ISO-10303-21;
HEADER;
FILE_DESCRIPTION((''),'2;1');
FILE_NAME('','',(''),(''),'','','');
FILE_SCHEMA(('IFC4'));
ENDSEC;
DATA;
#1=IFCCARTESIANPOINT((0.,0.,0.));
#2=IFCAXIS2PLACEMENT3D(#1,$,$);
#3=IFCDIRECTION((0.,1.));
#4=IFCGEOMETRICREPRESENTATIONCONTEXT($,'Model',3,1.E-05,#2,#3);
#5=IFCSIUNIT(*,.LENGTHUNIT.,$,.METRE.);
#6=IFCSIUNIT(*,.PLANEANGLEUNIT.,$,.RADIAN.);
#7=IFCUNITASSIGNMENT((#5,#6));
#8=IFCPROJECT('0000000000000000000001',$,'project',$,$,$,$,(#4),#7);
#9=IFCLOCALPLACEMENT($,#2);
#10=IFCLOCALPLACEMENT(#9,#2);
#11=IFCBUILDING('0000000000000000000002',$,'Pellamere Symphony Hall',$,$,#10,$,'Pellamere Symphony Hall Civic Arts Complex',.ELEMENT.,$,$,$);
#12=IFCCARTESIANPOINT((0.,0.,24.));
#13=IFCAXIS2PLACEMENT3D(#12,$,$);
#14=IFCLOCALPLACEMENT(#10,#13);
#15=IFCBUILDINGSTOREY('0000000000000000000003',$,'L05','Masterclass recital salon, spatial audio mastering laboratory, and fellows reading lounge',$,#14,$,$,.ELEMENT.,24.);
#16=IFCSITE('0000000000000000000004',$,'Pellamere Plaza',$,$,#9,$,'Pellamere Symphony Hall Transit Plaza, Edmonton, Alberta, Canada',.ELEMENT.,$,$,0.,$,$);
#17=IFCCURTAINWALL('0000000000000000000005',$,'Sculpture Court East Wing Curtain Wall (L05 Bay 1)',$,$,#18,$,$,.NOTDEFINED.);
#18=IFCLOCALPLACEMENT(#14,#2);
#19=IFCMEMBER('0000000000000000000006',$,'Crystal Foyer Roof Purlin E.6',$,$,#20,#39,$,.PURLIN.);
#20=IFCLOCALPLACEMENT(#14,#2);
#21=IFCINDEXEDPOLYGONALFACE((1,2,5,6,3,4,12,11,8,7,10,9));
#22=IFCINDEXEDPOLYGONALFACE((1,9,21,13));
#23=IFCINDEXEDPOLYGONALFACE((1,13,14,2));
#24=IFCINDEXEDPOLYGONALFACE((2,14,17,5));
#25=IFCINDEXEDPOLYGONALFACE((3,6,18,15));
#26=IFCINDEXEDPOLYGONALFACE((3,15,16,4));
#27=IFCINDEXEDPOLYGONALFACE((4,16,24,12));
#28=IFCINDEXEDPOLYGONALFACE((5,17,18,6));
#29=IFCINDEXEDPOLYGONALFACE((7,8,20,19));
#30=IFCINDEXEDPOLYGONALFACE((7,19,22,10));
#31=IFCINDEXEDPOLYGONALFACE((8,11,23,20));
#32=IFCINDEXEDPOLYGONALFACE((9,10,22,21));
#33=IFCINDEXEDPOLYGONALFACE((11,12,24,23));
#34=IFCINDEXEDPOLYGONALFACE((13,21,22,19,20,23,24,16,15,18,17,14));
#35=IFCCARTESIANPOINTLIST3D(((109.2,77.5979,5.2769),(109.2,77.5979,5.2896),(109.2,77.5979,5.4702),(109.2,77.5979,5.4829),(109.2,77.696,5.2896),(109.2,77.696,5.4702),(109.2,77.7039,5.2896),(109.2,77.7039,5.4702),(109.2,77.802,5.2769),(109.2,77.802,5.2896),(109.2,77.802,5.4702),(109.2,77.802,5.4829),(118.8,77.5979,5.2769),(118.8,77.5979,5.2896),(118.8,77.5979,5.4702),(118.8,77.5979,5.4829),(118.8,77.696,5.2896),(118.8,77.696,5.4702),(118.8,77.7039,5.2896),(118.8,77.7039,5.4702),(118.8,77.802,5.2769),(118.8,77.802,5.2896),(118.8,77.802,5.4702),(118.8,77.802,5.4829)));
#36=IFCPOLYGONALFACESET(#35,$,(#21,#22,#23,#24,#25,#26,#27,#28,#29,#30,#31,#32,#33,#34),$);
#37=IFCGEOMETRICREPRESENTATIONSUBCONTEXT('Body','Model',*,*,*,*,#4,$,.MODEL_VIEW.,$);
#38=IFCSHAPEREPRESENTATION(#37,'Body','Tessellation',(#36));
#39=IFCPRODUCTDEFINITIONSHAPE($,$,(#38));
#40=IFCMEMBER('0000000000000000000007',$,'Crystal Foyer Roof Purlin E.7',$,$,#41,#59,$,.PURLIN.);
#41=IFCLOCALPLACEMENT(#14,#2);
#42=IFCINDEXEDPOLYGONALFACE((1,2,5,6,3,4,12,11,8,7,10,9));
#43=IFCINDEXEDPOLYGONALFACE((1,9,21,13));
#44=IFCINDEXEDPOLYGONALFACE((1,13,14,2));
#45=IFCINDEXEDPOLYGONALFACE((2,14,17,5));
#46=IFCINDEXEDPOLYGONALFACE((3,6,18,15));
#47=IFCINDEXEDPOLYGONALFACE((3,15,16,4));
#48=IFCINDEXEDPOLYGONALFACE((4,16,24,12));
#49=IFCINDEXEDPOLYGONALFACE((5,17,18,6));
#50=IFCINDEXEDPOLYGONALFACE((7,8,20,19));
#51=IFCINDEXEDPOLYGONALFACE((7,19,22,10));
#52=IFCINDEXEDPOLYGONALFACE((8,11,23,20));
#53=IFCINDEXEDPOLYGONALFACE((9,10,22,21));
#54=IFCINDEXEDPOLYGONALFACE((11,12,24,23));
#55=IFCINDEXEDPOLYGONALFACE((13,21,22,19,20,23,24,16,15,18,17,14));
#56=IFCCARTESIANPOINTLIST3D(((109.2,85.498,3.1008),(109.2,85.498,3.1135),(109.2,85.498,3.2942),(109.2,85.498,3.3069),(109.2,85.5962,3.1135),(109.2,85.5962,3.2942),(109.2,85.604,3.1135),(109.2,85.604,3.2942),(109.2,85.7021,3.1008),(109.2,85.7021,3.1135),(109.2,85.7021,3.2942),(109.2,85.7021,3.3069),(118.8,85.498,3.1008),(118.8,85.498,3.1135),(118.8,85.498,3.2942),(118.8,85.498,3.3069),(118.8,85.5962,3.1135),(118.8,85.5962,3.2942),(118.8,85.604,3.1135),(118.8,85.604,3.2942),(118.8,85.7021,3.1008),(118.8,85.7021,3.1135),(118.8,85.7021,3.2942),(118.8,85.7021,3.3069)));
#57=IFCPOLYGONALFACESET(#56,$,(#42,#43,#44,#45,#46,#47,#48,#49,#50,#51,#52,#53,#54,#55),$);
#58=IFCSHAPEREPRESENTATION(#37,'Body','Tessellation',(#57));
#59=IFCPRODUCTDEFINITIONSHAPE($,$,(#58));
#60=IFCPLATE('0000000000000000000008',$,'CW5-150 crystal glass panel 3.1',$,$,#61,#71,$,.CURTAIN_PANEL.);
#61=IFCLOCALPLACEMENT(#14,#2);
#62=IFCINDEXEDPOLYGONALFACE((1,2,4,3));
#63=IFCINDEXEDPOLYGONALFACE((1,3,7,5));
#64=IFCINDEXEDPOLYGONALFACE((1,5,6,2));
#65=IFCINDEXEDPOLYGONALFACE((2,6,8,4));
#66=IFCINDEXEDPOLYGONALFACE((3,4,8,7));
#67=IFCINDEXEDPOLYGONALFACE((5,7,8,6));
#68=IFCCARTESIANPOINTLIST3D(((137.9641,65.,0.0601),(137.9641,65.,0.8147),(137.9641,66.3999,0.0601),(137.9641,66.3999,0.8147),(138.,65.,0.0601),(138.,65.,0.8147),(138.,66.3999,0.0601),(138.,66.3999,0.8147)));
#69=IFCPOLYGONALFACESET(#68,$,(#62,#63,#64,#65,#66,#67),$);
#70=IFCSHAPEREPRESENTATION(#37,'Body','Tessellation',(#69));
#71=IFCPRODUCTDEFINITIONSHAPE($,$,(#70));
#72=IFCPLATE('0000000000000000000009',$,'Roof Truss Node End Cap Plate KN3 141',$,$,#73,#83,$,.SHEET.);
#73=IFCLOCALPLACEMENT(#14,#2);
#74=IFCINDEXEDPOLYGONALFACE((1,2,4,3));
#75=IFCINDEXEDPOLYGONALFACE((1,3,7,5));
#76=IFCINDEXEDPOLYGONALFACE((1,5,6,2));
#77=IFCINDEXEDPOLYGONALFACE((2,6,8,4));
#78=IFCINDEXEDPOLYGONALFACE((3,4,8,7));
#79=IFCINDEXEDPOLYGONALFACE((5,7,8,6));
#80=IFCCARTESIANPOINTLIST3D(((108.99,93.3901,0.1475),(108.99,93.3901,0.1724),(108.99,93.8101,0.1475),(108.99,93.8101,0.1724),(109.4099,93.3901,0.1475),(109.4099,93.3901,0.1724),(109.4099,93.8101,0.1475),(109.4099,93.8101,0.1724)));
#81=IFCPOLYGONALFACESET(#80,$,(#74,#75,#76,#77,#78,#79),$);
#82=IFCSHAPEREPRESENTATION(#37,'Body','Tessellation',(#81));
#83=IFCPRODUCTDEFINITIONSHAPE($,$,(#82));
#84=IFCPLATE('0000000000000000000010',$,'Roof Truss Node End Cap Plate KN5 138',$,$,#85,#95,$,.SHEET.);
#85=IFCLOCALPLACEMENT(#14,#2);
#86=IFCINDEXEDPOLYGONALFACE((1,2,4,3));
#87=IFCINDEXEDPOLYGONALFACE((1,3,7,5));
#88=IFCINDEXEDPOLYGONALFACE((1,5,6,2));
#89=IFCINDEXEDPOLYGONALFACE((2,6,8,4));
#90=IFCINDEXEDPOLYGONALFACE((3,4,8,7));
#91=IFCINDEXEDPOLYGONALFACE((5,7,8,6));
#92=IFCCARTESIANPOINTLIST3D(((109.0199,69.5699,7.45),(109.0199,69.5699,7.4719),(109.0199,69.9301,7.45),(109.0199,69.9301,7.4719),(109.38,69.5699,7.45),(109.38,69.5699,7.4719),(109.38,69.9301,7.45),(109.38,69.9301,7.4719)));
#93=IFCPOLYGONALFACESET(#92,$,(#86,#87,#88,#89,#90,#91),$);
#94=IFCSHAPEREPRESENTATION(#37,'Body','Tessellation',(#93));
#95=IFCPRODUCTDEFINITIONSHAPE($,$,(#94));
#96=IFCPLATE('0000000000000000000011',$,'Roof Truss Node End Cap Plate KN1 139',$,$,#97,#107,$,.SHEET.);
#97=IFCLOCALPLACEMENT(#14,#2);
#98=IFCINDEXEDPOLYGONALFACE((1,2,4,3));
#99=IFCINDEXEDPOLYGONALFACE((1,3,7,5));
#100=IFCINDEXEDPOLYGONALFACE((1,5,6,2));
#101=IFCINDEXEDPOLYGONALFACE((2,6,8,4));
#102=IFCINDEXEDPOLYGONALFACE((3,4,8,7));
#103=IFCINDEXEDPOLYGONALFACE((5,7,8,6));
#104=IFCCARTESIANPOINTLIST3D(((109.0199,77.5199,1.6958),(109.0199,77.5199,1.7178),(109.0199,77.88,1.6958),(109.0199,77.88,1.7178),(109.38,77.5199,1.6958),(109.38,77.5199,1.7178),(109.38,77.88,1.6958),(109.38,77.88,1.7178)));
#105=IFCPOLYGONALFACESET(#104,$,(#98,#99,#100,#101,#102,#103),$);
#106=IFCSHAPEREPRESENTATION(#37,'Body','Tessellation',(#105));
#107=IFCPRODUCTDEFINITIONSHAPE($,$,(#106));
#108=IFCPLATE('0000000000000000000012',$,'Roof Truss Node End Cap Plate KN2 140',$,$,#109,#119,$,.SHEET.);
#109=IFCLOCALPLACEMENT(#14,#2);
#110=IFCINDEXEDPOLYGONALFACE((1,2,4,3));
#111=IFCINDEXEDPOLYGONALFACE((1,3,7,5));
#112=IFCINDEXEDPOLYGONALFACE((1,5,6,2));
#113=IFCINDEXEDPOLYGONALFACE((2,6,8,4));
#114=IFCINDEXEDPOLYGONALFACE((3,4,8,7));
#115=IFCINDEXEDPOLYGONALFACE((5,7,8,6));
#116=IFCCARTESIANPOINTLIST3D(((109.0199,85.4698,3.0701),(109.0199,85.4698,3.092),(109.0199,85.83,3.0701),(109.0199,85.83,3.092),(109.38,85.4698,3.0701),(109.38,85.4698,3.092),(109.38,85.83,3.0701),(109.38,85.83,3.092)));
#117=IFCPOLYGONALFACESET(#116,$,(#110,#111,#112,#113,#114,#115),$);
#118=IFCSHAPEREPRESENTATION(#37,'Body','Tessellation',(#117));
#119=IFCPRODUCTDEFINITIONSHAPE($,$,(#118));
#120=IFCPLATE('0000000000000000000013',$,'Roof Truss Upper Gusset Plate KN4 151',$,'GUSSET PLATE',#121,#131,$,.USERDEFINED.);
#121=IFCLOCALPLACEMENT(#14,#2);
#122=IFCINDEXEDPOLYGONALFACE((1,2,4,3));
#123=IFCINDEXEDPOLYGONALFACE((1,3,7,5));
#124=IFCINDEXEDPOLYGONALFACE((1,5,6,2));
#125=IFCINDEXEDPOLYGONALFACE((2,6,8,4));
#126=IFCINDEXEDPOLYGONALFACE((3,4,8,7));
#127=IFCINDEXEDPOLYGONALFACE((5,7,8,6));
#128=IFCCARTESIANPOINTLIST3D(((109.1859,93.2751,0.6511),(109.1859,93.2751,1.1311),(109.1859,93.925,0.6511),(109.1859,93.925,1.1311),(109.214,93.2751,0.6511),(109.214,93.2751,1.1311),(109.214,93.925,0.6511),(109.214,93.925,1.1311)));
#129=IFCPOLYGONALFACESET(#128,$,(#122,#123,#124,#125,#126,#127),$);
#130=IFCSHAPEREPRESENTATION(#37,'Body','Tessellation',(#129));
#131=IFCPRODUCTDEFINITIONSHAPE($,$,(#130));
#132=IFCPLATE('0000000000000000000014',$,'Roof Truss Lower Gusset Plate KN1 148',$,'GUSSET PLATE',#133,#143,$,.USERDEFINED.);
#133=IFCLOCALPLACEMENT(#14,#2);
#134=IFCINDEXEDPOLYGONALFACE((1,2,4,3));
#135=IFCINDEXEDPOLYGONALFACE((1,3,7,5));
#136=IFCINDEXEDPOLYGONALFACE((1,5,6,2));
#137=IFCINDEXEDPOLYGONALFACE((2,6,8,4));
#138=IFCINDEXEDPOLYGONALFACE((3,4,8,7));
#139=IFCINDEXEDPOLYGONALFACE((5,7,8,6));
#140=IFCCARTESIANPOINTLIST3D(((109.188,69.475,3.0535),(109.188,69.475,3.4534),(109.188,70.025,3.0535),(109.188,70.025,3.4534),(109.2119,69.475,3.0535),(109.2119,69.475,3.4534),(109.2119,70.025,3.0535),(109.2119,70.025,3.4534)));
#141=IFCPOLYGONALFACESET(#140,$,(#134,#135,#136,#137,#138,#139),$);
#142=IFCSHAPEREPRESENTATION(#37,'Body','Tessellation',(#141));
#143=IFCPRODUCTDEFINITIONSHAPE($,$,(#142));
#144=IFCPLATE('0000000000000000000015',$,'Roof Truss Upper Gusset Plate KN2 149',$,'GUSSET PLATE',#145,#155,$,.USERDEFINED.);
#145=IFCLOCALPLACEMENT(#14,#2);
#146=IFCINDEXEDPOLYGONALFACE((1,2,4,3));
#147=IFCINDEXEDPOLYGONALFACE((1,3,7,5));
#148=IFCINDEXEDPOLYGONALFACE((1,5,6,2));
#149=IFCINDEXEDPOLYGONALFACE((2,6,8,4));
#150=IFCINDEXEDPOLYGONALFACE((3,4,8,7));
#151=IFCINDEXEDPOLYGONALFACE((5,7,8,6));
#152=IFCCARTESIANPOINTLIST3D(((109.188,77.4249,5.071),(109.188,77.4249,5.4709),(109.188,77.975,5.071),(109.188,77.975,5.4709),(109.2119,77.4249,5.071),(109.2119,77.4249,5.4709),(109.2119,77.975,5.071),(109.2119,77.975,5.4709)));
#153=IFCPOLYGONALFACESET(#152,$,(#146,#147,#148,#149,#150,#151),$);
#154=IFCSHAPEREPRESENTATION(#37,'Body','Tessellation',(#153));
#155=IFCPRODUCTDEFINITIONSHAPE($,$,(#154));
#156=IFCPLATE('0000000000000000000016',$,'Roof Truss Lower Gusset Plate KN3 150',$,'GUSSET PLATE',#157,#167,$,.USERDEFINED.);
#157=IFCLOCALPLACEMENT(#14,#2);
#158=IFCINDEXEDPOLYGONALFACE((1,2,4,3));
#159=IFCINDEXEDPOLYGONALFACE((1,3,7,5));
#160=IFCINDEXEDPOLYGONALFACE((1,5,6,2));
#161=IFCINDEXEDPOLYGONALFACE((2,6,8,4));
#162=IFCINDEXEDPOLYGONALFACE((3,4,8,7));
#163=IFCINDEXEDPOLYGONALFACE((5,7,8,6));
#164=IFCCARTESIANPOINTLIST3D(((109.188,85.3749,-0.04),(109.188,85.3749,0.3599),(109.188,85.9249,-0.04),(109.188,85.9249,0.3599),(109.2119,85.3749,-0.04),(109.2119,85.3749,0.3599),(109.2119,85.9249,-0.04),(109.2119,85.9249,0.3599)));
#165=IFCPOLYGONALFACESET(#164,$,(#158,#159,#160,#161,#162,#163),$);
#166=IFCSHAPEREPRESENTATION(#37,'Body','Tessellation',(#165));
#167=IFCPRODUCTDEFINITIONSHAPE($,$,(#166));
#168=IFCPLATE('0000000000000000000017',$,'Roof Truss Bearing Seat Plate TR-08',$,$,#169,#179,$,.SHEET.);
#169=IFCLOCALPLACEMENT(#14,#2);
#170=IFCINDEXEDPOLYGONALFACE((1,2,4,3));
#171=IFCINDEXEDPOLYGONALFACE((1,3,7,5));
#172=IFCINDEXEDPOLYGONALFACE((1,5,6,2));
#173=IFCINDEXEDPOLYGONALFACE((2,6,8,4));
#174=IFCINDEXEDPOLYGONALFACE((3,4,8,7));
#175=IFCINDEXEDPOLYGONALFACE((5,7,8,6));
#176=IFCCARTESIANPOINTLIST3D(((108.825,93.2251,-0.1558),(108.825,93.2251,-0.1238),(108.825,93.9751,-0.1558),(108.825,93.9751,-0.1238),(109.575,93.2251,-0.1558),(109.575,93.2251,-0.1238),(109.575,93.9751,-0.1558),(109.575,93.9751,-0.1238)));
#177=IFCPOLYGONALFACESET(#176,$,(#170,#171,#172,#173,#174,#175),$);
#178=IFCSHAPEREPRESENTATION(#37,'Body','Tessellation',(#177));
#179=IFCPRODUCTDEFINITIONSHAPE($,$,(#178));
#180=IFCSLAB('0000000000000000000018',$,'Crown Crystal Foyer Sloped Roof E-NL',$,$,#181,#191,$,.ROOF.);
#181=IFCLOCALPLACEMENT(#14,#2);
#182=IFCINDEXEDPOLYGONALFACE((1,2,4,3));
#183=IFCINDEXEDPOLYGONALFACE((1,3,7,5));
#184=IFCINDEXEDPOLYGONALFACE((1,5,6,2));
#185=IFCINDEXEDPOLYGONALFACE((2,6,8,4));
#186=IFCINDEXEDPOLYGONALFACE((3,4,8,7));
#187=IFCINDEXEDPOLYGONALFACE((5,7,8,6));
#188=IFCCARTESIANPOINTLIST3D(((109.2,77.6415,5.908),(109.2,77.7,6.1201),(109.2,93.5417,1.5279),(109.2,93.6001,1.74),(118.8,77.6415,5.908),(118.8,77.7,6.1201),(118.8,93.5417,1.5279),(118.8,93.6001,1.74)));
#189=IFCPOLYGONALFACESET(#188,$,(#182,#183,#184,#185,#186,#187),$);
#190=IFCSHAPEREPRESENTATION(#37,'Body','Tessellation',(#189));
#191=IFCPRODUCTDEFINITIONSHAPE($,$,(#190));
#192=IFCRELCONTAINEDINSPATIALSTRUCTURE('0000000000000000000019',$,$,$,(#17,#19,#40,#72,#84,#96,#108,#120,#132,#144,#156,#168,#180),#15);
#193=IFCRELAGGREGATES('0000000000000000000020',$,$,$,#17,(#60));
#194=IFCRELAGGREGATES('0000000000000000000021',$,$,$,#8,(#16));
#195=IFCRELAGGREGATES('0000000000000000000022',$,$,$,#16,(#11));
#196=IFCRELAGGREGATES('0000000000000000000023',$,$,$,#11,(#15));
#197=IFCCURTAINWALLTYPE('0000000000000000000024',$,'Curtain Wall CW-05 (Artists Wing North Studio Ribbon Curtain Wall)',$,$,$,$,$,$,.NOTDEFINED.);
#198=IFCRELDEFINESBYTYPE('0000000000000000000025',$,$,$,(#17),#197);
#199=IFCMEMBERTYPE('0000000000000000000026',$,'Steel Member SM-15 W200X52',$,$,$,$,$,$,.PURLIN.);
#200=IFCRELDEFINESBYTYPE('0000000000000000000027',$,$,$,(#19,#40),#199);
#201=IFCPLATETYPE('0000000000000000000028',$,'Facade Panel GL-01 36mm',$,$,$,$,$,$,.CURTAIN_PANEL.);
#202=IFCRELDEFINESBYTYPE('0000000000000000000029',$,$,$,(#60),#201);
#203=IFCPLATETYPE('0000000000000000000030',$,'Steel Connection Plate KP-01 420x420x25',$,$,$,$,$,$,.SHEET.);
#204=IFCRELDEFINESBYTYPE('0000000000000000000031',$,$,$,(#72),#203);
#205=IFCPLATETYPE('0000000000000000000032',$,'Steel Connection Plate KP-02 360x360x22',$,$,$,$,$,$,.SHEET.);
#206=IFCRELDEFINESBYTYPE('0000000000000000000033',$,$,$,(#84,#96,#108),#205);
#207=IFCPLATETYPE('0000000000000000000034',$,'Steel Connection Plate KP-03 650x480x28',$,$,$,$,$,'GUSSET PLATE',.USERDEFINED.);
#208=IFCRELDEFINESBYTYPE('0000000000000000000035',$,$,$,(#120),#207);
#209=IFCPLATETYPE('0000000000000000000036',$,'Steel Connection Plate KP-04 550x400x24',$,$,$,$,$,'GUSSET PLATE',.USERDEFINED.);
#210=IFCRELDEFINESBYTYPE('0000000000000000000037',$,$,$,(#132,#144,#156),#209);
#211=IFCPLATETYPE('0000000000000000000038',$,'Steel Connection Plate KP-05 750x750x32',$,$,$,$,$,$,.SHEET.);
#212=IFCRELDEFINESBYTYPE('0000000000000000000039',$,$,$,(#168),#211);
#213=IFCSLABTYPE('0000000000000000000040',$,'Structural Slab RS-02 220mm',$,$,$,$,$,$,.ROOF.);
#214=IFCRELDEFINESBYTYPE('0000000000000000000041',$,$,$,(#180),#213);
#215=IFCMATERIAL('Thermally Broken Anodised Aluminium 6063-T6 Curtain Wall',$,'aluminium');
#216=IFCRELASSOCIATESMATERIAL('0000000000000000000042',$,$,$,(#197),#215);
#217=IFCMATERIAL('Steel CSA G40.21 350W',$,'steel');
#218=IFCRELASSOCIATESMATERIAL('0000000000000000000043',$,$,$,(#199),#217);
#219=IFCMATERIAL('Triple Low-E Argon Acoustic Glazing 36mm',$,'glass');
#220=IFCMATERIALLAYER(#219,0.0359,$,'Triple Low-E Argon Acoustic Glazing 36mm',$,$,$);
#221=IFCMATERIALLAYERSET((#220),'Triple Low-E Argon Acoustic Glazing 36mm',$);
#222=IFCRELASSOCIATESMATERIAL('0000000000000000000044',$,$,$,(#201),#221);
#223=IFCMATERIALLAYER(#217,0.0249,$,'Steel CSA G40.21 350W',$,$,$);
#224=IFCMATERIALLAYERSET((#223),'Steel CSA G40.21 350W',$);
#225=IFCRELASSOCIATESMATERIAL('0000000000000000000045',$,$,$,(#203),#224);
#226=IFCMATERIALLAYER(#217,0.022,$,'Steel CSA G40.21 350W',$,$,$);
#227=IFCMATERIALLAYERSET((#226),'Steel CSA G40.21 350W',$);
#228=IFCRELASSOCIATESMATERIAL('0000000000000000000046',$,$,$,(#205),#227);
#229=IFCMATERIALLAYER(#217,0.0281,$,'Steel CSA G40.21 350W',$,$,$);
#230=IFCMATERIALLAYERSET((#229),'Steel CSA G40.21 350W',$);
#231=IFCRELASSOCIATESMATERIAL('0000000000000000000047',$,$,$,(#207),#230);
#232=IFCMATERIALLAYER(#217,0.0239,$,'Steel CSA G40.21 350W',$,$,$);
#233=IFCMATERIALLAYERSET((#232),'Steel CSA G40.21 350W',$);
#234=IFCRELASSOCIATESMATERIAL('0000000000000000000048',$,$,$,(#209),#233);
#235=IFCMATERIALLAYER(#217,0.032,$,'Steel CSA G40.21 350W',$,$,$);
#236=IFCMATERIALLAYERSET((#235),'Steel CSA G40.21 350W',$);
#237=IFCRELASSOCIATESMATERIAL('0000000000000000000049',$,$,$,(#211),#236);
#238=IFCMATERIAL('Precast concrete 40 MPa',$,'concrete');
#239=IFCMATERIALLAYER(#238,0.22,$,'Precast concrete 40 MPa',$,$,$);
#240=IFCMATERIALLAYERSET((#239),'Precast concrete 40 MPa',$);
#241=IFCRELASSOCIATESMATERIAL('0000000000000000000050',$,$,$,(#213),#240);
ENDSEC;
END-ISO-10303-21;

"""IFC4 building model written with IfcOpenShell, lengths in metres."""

from ifc_helpers import new_model, si_unit, direction, frame, origin, origin_2d, place, context, subcontext, project, spatial, polyline, rectangle, i_section, outline, extrude, material, layer, layer_set, material_profile, profile_set, type_object, element, aggregate, save


model = new_model("IFC4")

# Units and contexts
model_context = context("Model", 3, precision=1e-05, world=origin(), true_north=direction((0.0, 1.0)))
body_context = subcontext(model_context, "Body", "Model", "MODEL_VIEW")
ifc_project = project(units=[si_unit("LENGTHUNIT", "METRE"), si_unit("PLANEANGLEUNIT", "RADIAN")], contexts=[model_context])

# Site, building, storey
site_placement = place(None, origin())
site = spatial("IfcSite", under=ifc_project, at=site_placement, Name="Pellamere Plaza", LongName="Pellamere Symphony Hall Transit Plaza, Edmonton, Alberta, Canada", CompositionType="ELEMENT", RefElevation=0.0)
building_placement = place(site_placement, origin())
building = spatial("IfcBuilding", under=site, at=building_placement, Name="Pellamere Symphony Hall", LongName="Pellamere Symphony Hall Civic Arts Complex", CompositionType="ELEMENT")
storey_placement = place(building_placement, frame((0.0, 0.0, 24.0)))
storey = spatial("IfcBuildingStorey", under=building, at=storey_placement, Name="L05", Description="Masterclass recital salon, spatial audio mastering laboratory, and fellows reading lounge", CompositionType="ELEMENT", Elevation=24.0)

# Curtain wall
ifc_material_1 = material(Name="Thermally Broken Anodised Aluminium 6063-T6 Curtain Wall", Category="aluminium")
curtain_wall_type = type_object("IfcCurtainWallType", Name="Curtain Wall CW-05 (Artists Wing North Studio Ribbon Curtain Wall)", PredefinedType="NOTDEFINED", material=ifc_material_1)
curtain_wall_placement = place(storey_placement, origin())
curtain_wall = element("IfcCurtainWall", 1, at=curtain_wall_placement, inside=storey, type_object=curtain_wall_type, Name="Sculpture Court East Wing Curtain Wall (L05 Bay 1)", PredefinedType="NOTDEFINED")

# Shared definitions
ifc_material_2 = material(Name="Steel CSA G40.21 350W", Category="steel")

# Members
ifc_material_profile_1 = material_profile(ifc_material_2, i_section(OverallWidth=0.2041, OverallDepth=0.2061, WebThickness=0.0078, FlangeThickness=0.0127, at=origin_2d()), Name="W200X52")
ifc_profile_set_1 = profile_set([ifc_material_profile_1], Name="Steel CSA G40.21 350W")
member_type_1 = type_object("IfcMemberType", Name="Steel Member SM-15 W200X52", PredefinedType="PURLIN", material=ifc_profile_set_1)
for number, where, z_axis, x_axis, name in (
    (2, (109.2, 77.7, 5.3799), (1.0, 0.0, 0.0), (0.0, 1.0, 0.0), "Crystal Foyer Roof Purlin E.6"),
    (3, (109.2, 85.6001, 3.2039), (1.0, 0.0, 0.0), (0.0, 1.0, 0.0), "Crystal Foyer Roof Purlin E.7"),
):
    element("IfcMember", number, at=place(storey_placement, frame(where, z_axis=z_axis, x_axis=x_axis)), inside=storey, type_object=member_type_1, Name=name, PredefinedType="PURLIN", context=body_context, shape_type="SweptSolid", body=[
        extrude(i_section(OverallWidth=0.2041, OverallDepth=0.2061, WebThickness=0.0078, FlangeThickness=0.0127, at=origin_2d()), origin(), (0.0, 0.0, 1.0), 9.6001),
    ])

# Plate
ifc_material_3 = material(Name="Triple Low-E Argon Acoustic Glazing 36mm", Category="glass")
ifc_layer_1 = layer(ifc_material_3, 0.0359, Name="Triple Low-E Argon Acoustic Glazing 36mm")
ifc_layer_set_1 = layer_set([ifc_layer_1], Name="Triple Low-E Argon Acoustic Glazing 36mm")
plate_type_1 = type_object("IfcPlateType", Name="Facade Panel GL-01 36mm", PredefinedType="CURTAIN_PANEL", material=ifc_layer_set_1)
plate_1_placement = place(storey_placement, frame((138.0, 65.0, 0.0601), z_axis=(1.0, 0.0, 0.0), x_axis=(0.0, 1.0, 0.0)))
plate_1 = element("IfcPlate", 4, at=plate_1_placement, type_object=plate_type_1, Name="CW5-150 crystal glass panel 3.1", PredefinedType="CURTAIN_PANEL", context=body_context, shape_type="SweptSolid", body=[
    extrude(outline(polyline([(0.0, 0.0), (1.3999, 0.0), (1.3999, 0.7546), (0.0, 0.7546), (0.0, 0.0)])), origin(), (0.0, 0.0, -1.0), 0.0359),
])
aggregate(curtain_wall, [plate_1])

# Plates
ifc_layer_2 = layer(ifc_material_2, 0.0249, Name="Steel CSA G40.21 350W")
ifc_layer_set_2 = layer_set([ifc_layer_2], Name="Steel CSA G40.21 350W")
plate_type_2 = type_object("IfcPlateType", Name="Steel Connection Plate KP-01 420x420x25", PredefinedType="SHEET", material=ifc_layer_set_2)
plate_2_placement = place(storey_placement, frame((109.2, 93.6001, 0.1475), z_axis=(0.0, 0.0, 1.0), x_axis=(1.0, 0.0, 0.0)))
element("IfcPlate", 5, at=plate_2_placement, inside=storey, type_object=plate_type_2, Name="Roof Truss Node End Cap Plate KN3 141", PredefinedType="SHEET", context=body_context, shape_type="SweptSolid", body=[
    extrude(rectangle(XDim=0.4199, YDim=0.4199, at=origin_2d()), origin(), (0.0, 0.0, 1.0), 0.0249),
])
ifc_layer_3 = layer(ifc_material_2, 0.022, Name="Steel CSA G40.21 350W")
ifc_layer_set_3 = layer_set([ifc_layer_3], Name="Steel CSA G40.21 350W")
plate_type_3 = type_object("IfcPlateType", Name="Steel Connection Plate KP-02 360x360x22", PredefinedType="SHEET", material=ifc_layer_set_3)
for number, where, z_axis, x_axis, name in (
    (6, (109.2, 69.75, 7.45), (0.0, 0.0, 1.0), (1.0, 0.0, 0.0), "Roof Truss Node End Cap Plate KN5 138"),
    (7, (109.2, 77.7, 1.6958), (0.0, 0.0, 1.0), (1.0, 0.0, 0.0), "Roof Truss Node End Cap Plate KN1 139"),
    (8, (109.2, 85.6499, 3.0701), (0.0, 0.0, 1.0), (1.0, 0.0, 0.0), "Roof Truss Node End Cap Plate KN2 140"),
):
    element("IfcPlate", number, at=place(storey_placement, frame(where, z_axis=z_axis, x_axis=x_axis)), inside=storey, type_object=plate_type_3, Name=name, PredefinedType="SHEET", context=body_context, shape_type="SweptSolid", body=[
        extrude(rectangle(XDim=0.3601, YDim=0.3601, at=origin_2d()), origin(), (0.0, 0.0, 1.0), 0.022),
    ])
ifc_layer_4 = layer(ifc_material_2, 0.0281, Name="Steel CSA G40.21 350W")
ifc_layer_set_4 = layer_set([ifc_layer_4], Name="Steel CSA G40.21 350W")
plate_type_4 = type_object("IfcPlateType", Name="Steel Connection Plate KP-03 650x480x28", ElementType="GUSSET PLATE", PredefinedType="USERDEFINED", material=ifc_layer_set_4)
plate_3_placement = place(storey_placement, frame((109.2, 93.6001, 0.6511), z_axis=(0.0, 0.0, 1.0), x_axis=(1.0, 0.0, 0.0)))
element("IfcPlate", 9, at=plate_3_placement, inside=storey, type_object=plate_type_4, Name="Roof Truss Upper Gusset Plate KN4 151", ObjectType="GUSSET PLATE", PredefinedType="USERDEFINED", context=body_context, shape_type="SweptSolid", body=[
    extrude(rectangle(XDim=0.0281, YDim=0.6499, at=origin_2d()), origin(), (0.0, 0.0, 1.0), 0.48),
])
ifc_layer_5 = layer(ifc_material_2, 0.0239, Name="Steel CSA G40.21 350W")
ifc_layer_set_5 = layer_set([ifc_layer_5], Name="Steel CSA G40.21 350W")
plate_type_5 = type_object("IfcPlateType", Name="Steel Connection Plate KP-04 550x400x24", ElementType="GUSSET PLATE", PredefinedType="USERDEFINED", material=ifc_layer_set_5)
for number, where, z_axis, x_axis, name in (
    (10, (109.2, 69.75, 3.0535), (0.0, 0.0, 1.0), (1.0, 0.0, 0.0), "Roof Truss Lower Gusset Plate KN1 148"),
    (11, (109.2, 77.7, 5.071), (0.0, 0.0, 1.0), (1.0, 0.0, 0.0), "Roof Truss Upper Gusset Plate KN2 149"),
    (12, (109.2, 85.6499, -0.04), (0.0, 0.0, 1.0), (1.0, 0.0, 0.0), "Roof Truss Lower Gusset Plate KN3 150"),
):
    element("IfcPlate", number, at=place(storey_placement, frame(where, z_axis=z_axis, x_axis=x_axis)), inside=storey, type_object=plate_type_5, Name=name, ObjectType="GUSSET PLATE", PredefinedType="USERDEFINED", context=body_context, shape_type="SweptSolid", body=[
        extrude(rectangle(XDim=0.0239, YDim=0.55, at=origin_2d()), origin(), (0.0, 0.0, 1.0), 0.3999),
    ])
ifc_layer_6 = layer(ifc_material_2, 0.032, Name="Steel CSA G40.21 350W")
ifc_layer_set_6 = layer_set([ifc_layer_6], Name="Steel CSA G40.21 350W")
plate_type_6 = type_object("IfcPlateType", Name="Steel Connection Plate KP-05 750x750x32", PredefinedType="SHEET", material=ifc_layer_set_6)
plate_4_placement = place(storey_placement, frame((109.2, 93.6001, -0.1558), z_axis=(0.0, 0.0, 1.0), x_axis=(1.0, 0.0, 0.0)))
element("IfcPlate", 13, at=plate_4_placement, inside=storey, type_object=plate_type_6, Name="Roof Truss Bearing Seat Plate TR-08", PredefinedType="SHEET", context=body_context, shape_type="SweptSolid", body=[
    extrude(rectangle(XDim=0.75, YDim=0.75, at=origin_2d()), origin(), (0.0, 0.0, 1.0), 0.032),
])

# Slab
ifc_material_4 = material(Name="Precast concrete 40 MPa", Category="concrete")
ifc_layer_7 = layer(ifc_material_4, 0.22, Name="Precast concrete 40 MPa")
ifc_layer_set_7 = layer_set([ifc_layer_7], Name="Precast concrete 40 MPa")
slab_type = type_object("IfcSlabType", Name="Structural Slab RS-02 220mm", PredefinedType="ROOF", material=ifc_layer_set_7)
slab_placement = place(storey_placement, frame((109.2, 77.7, 6.1201), z_axis=(0.0, 0.265584, 0.964088), x_axis=(1.0, 0.0, 0.0)))
element("IfcSlab", 14, at=slab_placement, inside=storey, type_object=slab_type, Name="Crown Crystal Foyer Sloped Roof E-NL", PredefinedType="ROOF", context=body_context, shape_type="SweptSolid", body=[
    extrude(outline(polyline([(0.0, 0.0), (9.6001, 0.0), (9.6001, 16.4924), (0.0, 16.4924), (0.0, 0.0)])), origin(), (0.0, 0.0, -1.0), 0.22),
])

save(model, "model.ifc")
